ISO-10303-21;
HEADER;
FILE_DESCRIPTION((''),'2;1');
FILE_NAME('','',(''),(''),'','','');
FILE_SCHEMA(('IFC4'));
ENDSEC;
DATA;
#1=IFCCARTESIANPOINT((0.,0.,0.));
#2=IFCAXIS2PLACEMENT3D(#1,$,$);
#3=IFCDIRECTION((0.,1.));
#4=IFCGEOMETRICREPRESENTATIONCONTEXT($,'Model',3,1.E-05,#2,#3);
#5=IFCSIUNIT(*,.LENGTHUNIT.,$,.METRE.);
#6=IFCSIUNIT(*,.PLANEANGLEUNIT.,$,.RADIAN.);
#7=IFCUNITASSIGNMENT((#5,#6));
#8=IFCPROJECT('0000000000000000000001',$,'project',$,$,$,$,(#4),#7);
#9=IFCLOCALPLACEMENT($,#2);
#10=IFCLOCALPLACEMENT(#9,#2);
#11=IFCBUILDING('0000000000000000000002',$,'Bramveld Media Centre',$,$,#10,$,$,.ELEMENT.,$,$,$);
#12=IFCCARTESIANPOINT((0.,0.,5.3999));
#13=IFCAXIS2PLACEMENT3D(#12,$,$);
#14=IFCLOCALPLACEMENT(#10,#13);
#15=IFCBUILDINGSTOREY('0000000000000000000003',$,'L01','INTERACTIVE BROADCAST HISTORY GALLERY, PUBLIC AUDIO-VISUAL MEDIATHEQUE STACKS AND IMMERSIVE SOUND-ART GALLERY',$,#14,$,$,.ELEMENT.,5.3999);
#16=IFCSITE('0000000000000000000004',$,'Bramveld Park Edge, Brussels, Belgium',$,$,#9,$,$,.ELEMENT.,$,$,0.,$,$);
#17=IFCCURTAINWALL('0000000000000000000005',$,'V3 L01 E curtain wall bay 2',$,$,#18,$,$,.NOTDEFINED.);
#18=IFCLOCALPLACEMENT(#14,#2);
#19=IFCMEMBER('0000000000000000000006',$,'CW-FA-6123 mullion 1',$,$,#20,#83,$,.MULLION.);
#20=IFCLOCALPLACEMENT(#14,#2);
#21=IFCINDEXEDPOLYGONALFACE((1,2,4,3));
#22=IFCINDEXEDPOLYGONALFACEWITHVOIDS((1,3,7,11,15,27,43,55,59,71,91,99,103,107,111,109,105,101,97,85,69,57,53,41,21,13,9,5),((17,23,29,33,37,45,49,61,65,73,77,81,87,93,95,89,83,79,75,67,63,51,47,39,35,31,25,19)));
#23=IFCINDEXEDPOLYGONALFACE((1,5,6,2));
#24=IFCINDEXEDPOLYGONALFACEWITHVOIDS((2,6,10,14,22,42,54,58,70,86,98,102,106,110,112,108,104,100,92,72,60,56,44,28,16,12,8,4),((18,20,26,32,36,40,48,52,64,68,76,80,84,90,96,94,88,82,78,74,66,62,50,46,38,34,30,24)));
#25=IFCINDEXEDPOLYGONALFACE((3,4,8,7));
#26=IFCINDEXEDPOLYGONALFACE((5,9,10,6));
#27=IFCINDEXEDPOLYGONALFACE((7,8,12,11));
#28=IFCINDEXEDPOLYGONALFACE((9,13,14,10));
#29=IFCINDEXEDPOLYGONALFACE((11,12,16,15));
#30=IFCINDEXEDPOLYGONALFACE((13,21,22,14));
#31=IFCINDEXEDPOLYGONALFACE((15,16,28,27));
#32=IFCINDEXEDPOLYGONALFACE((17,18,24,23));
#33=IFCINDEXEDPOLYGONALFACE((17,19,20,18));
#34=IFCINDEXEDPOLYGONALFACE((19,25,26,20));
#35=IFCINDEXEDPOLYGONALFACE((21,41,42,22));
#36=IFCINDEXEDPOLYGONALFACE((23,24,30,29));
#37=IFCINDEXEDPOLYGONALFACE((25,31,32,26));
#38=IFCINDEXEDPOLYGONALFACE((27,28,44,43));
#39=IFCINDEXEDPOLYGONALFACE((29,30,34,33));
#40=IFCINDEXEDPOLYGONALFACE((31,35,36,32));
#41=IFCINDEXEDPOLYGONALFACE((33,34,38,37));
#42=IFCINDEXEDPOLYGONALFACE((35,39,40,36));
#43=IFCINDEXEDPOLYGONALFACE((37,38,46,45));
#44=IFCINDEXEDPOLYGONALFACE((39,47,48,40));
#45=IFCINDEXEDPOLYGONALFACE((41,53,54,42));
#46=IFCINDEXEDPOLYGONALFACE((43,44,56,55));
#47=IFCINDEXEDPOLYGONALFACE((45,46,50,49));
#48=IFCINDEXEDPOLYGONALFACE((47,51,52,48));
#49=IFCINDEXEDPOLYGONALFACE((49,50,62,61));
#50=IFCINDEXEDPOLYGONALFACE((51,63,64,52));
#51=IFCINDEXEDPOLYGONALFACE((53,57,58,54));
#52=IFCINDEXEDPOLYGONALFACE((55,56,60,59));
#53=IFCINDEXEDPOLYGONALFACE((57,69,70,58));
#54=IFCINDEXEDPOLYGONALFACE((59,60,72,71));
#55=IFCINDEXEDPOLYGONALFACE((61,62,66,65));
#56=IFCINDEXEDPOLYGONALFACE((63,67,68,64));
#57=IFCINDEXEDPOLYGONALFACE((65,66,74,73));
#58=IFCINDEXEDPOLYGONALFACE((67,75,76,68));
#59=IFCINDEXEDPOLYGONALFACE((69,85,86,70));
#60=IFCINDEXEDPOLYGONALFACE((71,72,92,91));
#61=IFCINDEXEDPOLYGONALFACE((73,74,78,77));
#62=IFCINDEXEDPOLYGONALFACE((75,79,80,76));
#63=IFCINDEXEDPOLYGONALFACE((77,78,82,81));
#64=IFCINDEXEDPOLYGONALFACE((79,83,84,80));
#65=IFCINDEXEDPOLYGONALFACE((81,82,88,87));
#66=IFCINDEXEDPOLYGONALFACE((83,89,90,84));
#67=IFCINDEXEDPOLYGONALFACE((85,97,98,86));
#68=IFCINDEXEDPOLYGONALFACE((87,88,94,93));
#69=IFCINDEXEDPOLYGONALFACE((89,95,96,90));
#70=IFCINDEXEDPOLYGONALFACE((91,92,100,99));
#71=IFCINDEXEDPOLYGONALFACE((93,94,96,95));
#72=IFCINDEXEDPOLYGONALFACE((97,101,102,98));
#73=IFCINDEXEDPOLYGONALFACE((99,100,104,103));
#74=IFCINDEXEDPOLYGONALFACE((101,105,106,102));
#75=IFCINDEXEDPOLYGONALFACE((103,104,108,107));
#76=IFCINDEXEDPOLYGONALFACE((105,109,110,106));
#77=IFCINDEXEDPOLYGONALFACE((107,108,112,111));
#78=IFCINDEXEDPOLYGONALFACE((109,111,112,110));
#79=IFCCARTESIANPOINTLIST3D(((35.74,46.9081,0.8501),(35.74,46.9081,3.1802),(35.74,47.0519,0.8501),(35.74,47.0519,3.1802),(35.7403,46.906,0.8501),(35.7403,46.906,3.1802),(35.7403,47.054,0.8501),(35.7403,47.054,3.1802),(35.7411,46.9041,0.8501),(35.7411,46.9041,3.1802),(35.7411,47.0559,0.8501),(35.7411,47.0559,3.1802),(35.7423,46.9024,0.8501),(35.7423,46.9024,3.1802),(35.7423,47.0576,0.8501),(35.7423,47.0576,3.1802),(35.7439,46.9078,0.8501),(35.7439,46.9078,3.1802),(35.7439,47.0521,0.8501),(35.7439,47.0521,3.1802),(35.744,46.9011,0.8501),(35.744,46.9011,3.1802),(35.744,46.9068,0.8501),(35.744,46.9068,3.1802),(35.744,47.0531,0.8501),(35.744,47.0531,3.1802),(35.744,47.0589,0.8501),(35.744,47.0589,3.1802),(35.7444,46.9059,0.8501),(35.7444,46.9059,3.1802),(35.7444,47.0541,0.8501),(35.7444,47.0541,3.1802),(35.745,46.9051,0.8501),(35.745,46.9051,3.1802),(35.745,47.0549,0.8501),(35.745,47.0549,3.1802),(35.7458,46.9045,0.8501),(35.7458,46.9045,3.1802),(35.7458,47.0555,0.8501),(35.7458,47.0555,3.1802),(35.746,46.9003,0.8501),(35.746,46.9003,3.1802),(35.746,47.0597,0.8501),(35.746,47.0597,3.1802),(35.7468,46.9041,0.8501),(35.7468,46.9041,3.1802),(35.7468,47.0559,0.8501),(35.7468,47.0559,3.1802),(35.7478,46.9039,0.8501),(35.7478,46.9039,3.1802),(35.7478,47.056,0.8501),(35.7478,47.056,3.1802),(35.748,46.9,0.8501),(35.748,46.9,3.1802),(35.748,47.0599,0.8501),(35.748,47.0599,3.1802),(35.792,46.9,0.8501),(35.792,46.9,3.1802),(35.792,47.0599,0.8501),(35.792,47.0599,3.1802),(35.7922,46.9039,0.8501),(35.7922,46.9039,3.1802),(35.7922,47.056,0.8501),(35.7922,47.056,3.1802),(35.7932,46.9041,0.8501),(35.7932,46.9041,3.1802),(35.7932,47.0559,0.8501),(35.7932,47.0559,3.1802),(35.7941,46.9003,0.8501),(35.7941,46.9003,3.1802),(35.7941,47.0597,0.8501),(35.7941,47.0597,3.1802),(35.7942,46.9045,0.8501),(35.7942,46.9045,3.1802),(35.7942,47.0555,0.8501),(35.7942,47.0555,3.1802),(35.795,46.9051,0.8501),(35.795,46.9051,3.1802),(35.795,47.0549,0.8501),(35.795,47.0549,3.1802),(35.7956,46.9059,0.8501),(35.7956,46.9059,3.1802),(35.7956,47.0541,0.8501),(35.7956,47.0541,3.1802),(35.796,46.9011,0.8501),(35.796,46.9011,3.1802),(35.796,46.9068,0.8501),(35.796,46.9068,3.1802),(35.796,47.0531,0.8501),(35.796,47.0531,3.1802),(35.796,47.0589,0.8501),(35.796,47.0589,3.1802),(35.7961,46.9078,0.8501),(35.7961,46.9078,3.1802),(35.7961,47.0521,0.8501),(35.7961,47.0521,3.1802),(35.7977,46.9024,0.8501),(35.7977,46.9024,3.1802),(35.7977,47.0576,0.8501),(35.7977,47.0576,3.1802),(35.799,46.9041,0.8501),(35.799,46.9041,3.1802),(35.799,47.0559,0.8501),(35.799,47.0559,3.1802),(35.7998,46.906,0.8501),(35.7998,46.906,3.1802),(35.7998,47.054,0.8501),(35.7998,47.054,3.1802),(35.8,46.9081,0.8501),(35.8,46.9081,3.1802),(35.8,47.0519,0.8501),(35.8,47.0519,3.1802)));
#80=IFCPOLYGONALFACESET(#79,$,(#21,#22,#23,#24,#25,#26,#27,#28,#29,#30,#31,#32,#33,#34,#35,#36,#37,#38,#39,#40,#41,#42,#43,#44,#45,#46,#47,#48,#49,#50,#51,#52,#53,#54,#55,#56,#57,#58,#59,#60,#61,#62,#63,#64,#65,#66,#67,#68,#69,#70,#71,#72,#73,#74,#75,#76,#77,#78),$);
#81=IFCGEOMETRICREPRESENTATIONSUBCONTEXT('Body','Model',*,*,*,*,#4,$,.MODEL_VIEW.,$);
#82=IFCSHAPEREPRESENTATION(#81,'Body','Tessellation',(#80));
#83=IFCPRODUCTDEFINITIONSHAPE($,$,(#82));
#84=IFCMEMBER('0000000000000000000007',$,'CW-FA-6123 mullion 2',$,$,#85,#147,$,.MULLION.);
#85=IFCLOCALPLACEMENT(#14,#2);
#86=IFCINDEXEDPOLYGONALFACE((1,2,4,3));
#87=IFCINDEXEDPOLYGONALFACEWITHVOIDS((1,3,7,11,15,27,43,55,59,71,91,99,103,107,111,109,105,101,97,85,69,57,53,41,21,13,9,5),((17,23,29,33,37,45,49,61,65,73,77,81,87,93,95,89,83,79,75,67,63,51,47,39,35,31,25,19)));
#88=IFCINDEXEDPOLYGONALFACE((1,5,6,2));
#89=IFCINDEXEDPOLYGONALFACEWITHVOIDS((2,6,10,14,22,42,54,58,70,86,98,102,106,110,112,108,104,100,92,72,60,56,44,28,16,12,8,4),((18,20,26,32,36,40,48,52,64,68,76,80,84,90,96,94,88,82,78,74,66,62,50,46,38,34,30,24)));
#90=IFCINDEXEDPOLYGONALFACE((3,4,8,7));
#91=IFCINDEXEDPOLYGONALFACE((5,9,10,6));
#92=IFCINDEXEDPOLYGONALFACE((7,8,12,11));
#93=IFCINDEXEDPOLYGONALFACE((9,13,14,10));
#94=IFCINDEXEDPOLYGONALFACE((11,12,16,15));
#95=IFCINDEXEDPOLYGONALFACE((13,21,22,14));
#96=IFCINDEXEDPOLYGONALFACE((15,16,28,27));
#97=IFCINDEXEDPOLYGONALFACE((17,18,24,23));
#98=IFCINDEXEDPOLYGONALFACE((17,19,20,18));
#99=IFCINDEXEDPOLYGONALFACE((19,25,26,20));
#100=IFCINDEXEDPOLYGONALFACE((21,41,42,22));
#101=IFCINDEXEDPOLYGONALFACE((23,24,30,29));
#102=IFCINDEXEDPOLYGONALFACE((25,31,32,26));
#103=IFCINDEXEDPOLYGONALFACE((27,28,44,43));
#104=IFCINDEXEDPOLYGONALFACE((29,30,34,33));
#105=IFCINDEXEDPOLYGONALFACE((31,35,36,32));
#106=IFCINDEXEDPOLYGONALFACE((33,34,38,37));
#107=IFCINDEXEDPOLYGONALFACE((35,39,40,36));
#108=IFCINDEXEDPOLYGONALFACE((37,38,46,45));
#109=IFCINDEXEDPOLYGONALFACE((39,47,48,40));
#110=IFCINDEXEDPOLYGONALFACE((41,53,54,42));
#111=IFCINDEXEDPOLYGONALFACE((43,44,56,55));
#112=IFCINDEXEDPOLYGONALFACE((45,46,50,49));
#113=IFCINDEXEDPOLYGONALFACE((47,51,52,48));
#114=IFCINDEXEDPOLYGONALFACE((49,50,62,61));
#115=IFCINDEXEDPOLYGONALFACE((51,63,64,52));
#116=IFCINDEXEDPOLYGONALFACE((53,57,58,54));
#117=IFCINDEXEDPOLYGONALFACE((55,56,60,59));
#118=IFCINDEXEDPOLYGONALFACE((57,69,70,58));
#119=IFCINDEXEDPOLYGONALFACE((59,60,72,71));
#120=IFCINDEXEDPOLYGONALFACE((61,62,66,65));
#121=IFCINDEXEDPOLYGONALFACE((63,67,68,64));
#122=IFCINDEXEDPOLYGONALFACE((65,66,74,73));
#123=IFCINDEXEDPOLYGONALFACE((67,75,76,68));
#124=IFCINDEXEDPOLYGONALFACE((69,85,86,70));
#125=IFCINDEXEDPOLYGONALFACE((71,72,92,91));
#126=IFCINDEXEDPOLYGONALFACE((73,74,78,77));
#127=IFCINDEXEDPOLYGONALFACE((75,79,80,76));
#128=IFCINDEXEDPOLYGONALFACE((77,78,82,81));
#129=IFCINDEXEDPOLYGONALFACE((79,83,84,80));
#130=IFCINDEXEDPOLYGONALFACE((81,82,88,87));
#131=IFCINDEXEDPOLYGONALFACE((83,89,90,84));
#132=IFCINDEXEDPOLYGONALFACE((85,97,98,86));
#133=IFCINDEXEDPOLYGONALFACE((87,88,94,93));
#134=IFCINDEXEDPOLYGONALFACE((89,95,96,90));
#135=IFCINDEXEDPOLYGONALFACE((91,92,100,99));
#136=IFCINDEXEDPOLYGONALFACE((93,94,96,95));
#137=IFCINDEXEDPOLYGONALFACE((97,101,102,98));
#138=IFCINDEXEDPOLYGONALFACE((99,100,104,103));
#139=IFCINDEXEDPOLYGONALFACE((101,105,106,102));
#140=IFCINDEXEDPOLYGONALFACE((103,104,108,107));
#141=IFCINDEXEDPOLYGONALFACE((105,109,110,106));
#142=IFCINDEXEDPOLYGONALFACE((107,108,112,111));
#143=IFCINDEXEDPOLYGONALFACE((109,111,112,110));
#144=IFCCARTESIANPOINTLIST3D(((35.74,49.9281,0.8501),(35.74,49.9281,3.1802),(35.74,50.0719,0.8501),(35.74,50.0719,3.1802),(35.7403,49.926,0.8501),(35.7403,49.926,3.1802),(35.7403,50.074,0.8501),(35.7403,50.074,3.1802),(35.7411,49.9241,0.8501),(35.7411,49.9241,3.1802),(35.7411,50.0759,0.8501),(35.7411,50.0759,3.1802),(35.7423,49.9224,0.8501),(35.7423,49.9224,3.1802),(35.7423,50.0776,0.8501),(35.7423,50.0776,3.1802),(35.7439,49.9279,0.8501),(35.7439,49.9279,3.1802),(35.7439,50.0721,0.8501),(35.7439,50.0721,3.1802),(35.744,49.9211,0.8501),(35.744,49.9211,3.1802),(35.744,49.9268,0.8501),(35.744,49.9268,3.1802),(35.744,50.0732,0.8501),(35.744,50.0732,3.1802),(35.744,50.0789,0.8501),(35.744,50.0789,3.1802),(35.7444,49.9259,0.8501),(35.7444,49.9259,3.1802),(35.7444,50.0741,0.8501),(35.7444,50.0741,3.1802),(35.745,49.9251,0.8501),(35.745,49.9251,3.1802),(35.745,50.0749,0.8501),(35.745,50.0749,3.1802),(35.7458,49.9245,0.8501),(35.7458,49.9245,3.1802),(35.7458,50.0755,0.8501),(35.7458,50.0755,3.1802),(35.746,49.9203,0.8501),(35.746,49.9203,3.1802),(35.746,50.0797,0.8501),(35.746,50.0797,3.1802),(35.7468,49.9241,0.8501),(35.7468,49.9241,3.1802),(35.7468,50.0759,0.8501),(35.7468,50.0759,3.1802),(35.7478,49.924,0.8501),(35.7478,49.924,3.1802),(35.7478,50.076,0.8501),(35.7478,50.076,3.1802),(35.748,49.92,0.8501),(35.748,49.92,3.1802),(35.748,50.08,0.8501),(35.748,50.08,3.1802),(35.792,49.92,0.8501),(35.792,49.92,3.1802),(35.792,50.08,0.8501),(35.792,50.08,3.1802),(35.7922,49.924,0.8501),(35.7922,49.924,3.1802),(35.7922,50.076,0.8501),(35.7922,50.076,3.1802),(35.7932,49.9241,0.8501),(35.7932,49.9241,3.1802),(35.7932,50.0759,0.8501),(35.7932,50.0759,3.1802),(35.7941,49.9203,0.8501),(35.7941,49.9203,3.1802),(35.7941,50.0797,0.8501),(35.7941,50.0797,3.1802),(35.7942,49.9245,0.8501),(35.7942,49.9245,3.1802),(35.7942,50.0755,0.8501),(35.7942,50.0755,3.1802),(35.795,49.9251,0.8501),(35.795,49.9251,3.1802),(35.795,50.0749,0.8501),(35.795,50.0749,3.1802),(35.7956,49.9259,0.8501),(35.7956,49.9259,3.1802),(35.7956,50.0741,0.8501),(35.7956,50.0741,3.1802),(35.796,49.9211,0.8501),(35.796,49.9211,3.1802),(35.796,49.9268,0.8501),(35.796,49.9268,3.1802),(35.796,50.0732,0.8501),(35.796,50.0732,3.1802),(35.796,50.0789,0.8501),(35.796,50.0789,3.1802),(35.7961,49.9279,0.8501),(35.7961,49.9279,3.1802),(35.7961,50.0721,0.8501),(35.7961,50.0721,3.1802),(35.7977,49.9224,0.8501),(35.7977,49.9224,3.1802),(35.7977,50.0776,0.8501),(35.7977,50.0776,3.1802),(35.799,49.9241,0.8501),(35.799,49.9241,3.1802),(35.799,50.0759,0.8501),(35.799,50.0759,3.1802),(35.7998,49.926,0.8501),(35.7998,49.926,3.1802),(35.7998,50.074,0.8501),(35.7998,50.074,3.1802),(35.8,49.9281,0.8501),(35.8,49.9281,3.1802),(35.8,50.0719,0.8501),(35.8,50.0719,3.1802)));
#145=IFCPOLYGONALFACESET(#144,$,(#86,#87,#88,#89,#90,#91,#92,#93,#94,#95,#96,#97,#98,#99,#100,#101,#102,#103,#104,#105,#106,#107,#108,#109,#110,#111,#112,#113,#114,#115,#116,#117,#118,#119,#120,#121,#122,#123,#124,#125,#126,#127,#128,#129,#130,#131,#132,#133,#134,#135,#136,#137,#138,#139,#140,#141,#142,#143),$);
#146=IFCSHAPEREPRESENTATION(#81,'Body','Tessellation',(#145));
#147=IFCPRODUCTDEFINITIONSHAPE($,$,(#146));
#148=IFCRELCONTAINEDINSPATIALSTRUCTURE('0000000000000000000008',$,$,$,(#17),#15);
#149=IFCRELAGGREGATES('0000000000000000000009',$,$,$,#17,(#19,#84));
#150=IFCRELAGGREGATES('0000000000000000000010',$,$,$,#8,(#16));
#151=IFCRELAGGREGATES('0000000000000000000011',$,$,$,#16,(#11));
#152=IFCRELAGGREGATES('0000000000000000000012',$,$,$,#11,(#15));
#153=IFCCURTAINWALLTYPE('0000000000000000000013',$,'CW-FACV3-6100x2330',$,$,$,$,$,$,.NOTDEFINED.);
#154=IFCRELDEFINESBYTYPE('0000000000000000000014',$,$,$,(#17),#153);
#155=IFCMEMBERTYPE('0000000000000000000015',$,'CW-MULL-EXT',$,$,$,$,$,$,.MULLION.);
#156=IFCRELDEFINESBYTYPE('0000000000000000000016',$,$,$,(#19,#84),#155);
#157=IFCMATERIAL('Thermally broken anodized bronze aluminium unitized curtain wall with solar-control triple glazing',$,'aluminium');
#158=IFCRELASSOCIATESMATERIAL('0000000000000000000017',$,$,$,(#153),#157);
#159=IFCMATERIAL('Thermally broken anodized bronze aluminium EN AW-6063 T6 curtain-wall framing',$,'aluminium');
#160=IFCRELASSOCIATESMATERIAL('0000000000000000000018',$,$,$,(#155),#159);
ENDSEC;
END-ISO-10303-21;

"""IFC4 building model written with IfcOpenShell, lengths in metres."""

from ifc_helpers import new_model, si_unit, direction, frame, origin, origin_2d, place, context, subcontext, project, spatial, hollow_rectangle, extrude, material, material_profile, profile_set, type_object, element, aggregate, save


model = new_model("IFC4")

# Units and contexts
model_context = context("Model", 3, precision=1e-05, world=origin(), true_north=direction((0.0, 1.0)))
body_context = subcontext(model_context, "Body", "Model", "MODEL_VIEW")
ifc_project = project(units=[si_unit("LENGTHUNIT", "METRE"), si_unit("PLANEANGLEUNIT", "RADIAN")], contexts=[model_context])

# Site, building, storey
site_placement = place(None, origin())
site = spatial("IfcSite", under=ifc_project, at=site_placement, Name="Bramveld Park Edge, Brussels, Belgium", CompositionType="ELEMENT", RefElevation=0.0)
building_placement = place(site_placement, origin())
building = spatial("IfcBuilding", under=site, at=building_placement, Name="Bramveld Media Centre", CompositionType="ELEMENT")
storey_placement = place(building_placement, frame((0.0, 0.0, 5.3999)))
storey = spatial("IfcBuildingStorey", under=building, at=storey_placement, Name="L01", Description="INTERACTIVE BROADCAST HISTORY GALLERY, PUBLIC AUDIO-VISUAL MEDIATHEQUE STACKS AND IMMERSIVE SOUND-ART GALLERY", CompositionType="ELEMENT", Elevation=5.3999)

# Curtain wall, members
ifc_material_1 = material(Name="Thermally broken anodized bronze aluminium unitized curtain wall with solar-control triple glazing", Category="aluminium")
curtain_wall_type = type_object("IfcCurtainWallType", Name="CW-FACV3-6100x2330", PredefinedType="NOTDEFINED", material=ifc_material_1)
ifc_material_2 = material(Name="Thermally broken anodized bronze aluminium EN AW-6063 T6 curtain-wall framing", Category="aluminium")
ifc_material_profile_1 = material_profile(ifc_material_2, hollow_rectangle(XDim=0.0601, YDim=0.1599, WallThickness=0.0039, InnerFilletRadius=0.0039, OuterFilletRadius=0.0081, at=origin_2d()), Name="AL-MULL 60x160")
ifc_profile_set_1 = profile_set([ifc_material_profile_1], Name="Thermally broken anodized bronze aluminium EN AW-6063 T6 curtain-wall framing")
member_type_1 = type_object("IfcMemberType", Name="CW-MULL-EXT", PredefinedType="MULLION", material=ifc_profile_set_1)
curtain_wall_1_placement = place(storey_placement, origin())
curtain_wall_1 = element("IfcCurtainWall", 1, at=curtain_wall_1_placement, inside=storey, type_object=curtain_wall_type, Name="V3 L01 E curtain wall bay 2", PredefinedType="NOTDEFINED")
member_1_placement = place(storey_placement, frame((35.77, 46.98, 0.8501), z_axis=(0.0, 0.0, 1.0), x_axis=(-1.0, 0.0, 0.0)))
member_1 = element("IfcMember", 2, at=member_1_placement, type_object=member_type_1, Name="CW-FA-6123 mullion 1", PredefinedType="MULLION", context=body_context, shape_type="SweptSolid", body=[
    extrude(hollow_rectangle(XDim=0.0601, YDim=0.1599, WallThickness=0.0039, InnerFilletRadius=0.0039, OuterFilletRadius=0.0081, at=origin_2d()), origin(), (0.0, 0.0, 1.0), 2.3301),
])
member_2_placement = place(storey_placement, frame((35.77, 50.0, 0.8501), z_axis=(0.0, 0.0, 1.0), x_axis=(-1.0, 0.0, 0.0)))
member_2 = element("IfcMember", 3, at=member_2_placement, type_object=member_type_1, Name="CW-FA-6123 mullion 2", PredefinedType="MULLION", context=body_context, shape_type="SweptSolid", body=[
    extrude(hollow_rectangle(XDim=0.0601, YDim=0.1599, WallThickness=0.0039, InnerFilletRadius=0.0039, OuterFilletRadius=0.0081, at=origin_2d()), origin(), (0.0, 0.0, 1.0), 2.3301),
])

aggregate(curtain_wall_1, [member_1, member_2])

save(model, "model.ifc")
